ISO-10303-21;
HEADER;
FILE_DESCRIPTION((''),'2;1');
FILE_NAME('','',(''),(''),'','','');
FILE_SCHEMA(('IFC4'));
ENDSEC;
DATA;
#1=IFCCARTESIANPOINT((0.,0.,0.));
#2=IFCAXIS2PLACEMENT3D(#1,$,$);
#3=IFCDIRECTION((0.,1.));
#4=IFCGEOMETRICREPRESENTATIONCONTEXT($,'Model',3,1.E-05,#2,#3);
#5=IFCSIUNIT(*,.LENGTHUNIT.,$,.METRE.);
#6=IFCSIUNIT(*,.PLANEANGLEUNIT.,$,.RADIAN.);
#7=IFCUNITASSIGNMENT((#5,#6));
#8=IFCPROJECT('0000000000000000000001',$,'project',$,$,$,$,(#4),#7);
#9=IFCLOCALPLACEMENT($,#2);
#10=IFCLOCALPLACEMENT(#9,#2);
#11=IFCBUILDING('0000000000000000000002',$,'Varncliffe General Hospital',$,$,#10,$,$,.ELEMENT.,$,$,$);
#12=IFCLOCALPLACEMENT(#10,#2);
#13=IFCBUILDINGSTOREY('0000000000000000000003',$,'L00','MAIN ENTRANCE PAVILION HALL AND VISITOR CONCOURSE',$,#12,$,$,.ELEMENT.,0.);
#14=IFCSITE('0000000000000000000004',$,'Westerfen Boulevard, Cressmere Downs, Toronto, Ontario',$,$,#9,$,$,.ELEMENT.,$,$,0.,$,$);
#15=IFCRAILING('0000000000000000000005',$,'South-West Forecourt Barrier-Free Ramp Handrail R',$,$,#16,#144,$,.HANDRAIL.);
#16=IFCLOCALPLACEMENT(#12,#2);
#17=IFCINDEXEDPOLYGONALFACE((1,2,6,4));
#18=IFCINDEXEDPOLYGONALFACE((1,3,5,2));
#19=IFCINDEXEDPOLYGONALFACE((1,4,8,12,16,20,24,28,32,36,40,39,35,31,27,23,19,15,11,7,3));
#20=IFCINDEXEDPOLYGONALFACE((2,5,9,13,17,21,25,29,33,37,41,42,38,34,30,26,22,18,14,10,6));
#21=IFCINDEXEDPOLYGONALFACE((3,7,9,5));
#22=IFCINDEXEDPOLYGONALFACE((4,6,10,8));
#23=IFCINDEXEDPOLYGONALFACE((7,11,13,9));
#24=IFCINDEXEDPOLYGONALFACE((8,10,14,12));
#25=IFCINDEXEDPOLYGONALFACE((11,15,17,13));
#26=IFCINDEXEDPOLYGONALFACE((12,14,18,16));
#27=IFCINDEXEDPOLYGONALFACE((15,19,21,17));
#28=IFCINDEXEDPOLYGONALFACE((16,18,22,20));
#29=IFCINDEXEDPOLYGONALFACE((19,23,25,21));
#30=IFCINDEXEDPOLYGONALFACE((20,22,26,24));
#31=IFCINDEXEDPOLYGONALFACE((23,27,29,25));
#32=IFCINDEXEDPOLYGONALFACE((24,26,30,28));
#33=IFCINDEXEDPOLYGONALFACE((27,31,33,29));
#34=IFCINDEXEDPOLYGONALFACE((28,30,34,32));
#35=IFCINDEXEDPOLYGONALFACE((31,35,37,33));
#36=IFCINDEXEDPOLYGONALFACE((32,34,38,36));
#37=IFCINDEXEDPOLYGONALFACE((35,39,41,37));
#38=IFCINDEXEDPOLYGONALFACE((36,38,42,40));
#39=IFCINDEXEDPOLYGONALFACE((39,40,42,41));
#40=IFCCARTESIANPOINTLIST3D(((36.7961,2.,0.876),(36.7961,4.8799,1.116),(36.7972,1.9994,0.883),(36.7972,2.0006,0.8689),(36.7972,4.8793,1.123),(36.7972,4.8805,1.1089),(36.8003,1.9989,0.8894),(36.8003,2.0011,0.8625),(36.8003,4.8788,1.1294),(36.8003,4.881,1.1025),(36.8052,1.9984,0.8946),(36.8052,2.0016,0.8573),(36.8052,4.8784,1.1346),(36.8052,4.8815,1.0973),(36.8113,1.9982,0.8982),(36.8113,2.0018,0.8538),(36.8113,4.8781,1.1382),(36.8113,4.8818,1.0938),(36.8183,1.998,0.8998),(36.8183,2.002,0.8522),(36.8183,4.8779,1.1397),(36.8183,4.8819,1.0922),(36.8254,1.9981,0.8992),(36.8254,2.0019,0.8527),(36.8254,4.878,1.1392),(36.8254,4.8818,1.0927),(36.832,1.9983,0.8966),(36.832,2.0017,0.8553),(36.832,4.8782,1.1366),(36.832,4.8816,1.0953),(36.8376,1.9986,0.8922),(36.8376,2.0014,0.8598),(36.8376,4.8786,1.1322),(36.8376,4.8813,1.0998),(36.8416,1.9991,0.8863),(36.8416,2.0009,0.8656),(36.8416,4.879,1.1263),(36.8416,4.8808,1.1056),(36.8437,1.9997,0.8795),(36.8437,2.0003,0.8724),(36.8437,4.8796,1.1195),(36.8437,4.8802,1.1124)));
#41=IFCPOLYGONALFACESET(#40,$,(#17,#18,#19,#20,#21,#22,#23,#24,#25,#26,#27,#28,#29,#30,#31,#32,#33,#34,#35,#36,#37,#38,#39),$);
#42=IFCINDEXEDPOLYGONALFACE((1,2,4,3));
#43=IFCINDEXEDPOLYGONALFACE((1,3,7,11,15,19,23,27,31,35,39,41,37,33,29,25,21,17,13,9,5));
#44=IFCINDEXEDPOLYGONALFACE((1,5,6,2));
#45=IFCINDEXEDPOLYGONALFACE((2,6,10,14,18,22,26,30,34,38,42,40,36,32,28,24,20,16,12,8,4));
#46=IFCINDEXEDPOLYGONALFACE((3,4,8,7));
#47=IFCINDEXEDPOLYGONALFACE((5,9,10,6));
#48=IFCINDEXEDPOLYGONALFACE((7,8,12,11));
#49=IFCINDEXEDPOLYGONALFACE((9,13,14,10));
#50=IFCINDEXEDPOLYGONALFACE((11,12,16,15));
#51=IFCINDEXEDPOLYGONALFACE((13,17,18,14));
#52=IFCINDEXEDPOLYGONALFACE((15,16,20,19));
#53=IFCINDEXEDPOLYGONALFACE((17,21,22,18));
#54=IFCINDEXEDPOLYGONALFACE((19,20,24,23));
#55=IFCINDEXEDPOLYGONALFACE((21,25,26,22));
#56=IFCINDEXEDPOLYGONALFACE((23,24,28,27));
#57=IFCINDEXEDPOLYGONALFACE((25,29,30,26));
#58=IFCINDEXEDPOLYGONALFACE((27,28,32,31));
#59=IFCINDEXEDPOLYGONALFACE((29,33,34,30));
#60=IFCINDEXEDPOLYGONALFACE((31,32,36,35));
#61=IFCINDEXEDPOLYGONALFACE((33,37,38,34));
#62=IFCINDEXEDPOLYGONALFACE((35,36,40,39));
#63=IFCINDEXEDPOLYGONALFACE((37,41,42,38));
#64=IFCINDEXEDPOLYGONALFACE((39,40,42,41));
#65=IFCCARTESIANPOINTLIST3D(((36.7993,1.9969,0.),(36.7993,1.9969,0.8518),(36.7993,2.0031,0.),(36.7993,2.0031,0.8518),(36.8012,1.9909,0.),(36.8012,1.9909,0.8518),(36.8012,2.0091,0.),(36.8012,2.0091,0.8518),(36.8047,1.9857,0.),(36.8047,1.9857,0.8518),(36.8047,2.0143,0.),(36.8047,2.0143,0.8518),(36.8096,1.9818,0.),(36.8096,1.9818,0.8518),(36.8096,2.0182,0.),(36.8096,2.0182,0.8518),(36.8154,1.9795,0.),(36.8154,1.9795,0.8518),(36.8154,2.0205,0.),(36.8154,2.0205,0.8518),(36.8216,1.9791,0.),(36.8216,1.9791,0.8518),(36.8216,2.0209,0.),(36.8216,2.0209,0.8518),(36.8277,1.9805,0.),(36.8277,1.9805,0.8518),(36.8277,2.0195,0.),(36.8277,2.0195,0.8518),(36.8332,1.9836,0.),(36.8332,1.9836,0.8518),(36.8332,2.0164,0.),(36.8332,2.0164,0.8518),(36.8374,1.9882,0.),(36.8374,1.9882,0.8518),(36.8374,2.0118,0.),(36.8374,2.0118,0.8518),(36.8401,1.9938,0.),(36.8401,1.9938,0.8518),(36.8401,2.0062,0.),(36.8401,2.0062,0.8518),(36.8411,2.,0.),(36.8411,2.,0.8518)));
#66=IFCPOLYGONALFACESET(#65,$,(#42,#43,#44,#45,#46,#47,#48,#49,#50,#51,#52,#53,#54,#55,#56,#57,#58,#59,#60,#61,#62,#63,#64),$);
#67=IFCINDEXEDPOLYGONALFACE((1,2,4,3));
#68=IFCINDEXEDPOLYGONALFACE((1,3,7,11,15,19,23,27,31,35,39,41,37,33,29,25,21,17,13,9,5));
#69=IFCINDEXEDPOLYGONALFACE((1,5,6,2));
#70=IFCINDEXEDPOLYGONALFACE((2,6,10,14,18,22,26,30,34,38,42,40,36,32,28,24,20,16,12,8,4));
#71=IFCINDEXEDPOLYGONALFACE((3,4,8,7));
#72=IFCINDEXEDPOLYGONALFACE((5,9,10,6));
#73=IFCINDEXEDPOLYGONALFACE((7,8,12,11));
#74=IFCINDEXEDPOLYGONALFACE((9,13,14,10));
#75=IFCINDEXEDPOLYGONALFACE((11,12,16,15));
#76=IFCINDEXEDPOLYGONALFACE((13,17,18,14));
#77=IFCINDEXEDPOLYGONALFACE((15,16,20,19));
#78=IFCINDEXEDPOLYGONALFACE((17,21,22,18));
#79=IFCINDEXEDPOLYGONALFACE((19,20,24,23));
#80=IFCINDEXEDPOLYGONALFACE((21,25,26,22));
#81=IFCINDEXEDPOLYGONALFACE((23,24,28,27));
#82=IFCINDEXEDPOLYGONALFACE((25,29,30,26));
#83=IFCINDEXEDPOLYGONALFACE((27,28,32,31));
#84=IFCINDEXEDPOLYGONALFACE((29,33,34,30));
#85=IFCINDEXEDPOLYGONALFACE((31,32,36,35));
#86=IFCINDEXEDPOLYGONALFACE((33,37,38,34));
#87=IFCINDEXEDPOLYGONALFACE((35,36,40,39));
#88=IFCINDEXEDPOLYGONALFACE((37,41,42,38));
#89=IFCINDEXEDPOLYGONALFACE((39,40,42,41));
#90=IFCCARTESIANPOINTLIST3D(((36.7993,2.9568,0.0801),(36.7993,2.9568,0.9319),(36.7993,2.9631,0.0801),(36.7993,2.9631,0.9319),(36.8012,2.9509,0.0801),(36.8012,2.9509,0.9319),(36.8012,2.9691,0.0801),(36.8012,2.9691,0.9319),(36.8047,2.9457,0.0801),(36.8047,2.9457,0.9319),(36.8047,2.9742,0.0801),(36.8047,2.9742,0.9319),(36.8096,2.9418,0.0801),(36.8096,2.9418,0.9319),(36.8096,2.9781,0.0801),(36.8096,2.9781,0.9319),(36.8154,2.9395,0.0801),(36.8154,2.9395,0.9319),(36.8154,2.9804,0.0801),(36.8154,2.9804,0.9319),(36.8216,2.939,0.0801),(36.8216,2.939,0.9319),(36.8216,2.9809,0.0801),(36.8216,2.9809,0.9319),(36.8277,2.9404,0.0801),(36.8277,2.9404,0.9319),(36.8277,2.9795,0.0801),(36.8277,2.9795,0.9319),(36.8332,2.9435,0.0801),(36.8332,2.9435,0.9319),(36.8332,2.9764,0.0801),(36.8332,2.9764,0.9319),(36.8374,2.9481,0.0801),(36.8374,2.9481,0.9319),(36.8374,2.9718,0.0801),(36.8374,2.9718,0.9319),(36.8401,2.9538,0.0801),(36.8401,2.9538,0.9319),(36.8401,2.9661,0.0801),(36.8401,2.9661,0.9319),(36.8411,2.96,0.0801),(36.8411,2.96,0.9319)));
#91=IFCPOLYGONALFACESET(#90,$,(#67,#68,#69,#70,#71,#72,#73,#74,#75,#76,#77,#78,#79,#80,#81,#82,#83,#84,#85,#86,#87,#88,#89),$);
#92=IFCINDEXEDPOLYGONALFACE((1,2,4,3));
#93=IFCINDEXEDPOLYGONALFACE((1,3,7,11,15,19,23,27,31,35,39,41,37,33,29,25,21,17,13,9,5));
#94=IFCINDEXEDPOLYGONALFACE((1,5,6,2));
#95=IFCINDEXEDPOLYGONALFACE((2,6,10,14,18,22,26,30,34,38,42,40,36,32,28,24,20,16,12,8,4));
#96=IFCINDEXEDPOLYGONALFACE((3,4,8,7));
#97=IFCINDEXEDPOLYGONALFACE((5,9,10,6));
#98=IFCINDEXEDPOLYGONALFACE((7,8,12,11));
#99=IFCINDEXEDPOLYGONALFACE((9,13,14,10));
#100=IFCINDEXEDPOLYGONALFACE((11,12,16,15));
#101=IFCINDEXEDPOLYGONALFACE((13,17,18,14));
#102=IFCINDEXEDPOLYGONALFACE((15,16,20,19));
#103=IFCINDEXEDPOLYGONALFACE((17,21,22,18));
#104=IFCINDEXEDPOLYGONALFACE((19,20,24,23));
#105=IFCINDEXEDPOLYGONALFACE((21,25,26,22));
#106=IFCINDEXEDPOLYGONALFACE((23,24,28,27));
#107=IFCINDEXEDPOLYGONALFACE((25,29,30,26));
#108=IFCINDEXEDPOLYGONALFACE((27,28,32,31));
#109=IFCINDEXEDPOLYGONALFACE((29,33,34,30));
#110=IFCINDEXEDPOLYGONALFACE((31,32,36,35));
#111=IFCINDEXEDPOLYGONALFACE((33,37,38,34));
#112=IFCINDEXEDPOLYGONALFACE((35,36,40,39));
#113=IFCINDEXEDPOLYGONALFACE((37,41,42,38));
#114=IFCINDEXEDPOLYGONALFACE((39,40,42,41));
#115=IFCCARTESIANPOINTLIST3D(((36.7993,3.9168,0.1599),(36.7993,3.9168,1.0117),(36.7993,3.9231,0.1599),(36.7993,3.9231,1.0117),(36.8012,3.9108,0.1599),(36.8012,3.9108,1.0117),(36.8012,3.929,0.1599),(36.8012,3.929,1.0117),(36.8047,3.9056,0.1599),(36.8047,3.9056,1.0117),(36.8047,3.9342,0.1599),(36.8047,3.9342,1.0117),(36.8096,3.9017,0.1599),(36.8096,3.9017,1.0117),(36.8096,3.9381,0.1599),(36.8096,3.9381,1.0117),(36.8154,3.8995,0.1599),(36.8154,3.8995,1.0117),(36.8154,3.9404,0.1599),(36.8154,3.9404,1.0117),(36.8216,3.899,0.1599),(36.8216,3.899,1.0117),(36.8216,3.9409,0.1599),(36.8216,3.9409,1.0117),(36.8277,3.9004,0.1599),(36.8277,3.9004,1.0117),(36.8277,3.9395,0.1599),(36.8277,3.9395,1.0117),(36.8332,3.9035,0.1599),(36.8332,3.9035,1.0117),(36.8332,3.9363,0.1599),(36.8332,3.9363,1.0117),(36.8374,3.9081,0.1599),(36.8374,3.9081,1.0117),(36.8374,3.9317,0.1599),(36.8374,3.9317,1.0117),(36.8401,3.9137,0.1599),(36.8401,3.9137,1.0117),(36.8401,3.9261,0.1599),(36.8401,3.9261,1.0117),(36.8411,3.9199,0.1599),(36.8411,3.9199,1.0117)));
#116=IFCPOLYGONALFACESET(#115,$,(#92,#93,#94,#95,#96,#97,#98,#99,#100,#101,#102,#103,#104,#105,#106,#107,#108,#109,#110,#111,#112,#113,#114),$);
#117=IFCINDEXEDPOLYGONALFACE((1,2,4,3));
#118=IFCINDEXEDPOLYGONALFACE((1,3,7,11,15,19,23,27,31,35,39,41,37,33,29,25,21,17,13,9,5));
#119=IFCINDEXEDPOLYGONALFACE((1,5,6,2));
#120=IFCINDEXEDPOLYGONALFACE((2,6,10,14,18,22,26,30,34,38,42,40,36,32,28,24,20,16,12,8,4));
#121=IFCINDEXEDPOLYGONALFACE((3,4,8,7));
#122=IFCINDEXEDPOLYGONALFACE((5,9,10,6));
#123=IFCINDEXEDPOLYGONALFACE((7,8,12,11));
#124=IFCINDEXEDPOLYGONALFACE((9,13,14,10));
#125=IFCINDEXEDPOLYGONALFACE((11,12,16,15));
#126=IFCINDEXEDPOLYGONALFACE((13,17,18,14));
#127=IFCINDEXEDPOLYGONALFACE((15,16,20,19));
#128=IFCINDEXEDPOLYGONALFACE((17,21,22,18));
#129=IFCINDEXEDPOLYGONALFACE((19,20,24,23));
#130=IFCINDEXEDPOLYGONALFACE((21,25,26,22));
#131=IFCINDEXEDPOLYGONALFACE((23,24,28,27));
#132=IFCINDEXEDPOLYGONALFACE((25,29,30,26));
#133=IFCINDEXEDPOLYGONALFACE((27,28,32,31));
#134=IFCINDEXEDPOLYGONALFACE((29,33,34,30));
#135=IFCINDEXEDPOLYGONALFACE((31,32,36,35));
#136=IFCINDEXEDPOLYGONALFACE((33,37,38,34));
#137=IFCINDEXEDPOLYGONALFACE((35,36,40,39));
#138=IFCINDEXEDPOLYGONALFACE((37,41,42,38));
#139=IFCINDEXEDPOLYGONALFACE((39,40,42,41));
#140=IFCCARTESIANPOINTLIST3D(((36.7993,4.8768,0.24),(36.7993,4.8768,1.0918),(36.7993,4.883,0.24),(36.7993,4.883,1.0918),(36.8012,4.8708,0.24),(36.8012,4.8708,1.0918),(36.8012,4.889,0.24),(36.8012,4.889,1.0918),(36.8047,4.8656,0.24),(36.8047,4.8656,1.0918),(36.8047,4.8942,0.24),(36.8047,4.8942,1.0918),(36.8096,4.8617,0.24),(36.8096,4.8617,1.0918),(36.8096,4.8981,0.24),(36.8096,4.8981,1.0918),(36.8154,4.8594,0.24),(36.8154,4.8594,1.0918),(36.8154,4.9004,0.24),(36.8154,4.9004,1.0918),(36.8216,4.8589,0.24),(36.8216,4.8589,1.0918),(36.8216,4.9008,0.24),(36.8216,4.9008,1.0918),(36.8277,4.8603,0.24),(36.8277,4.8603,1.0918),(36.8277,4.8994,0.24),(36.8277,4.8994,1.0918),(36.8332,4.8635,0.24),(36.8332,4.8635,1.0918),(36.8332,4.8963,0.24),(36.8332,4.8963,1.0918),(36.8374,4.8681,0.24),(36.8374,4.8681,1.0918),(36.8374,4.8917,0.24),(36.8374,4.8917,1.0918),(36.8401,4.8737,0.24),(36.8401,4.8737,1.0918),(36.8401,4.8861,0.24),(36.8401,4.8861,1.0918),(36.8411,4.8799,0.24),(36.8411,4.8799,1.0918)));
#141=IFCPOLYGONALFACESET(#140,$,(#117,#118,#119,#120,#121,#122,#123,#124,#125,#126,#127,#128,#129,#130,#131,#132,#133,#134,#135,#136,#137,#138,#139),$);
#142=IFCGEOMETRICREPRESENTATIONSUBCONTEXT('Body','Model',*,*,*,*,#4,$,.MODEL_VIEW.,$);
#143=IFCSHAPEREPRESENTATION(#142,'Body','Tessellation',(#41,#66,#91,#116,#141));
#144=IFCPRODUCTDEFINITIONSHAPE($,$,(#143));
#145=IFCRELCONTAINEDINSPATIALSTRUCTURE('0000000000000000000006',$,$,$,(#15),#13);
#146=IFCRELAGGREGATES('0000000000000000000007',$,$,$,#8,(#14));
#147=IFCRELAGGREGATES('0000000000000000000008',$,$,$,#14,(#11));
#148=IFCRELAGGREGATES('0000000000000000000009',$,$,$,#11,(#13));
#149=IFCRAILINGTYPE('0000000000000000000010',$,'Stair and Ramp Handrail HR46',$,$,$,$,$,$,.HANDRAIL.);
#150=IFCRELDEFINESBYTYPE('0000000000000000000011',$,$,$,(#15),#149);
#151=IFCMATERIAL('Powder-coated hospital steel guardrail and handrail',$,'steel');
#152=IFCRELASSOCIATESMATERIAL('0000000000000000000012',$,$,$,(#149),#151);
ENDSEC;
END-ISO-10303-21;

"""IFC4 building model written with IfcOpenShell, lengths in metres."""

from ifc_helpers import new_model, si_unit, direction, frame, origin, origin_2d, place, context, subcontext, project, spatial, circle, extrude, material, type_object, element, save


model = new_model("IFC4")

# Units and contexts
model_context = context("Model", 3, precision=1e-05, world=origin(), true_north=direction((0.0, 1.0)))
body_context = subcontext(model_context, "Body", "Model", "MODEL_VIEW")
ifc_project = project(units=[si_unit("LENGTHUNIT", "METRE"), si_unit("PLANEANGLEUNIT", "RADIAN")], contexts=[model_context])

# Site, building, storey
site_placement = place(None, origin())
site = spatial("IfcSite", under=ifc_project, at=site_placement, Name="Westerfen Boulevard, Cressmere Downs, Toronto, Ontario", CompositionType="ELEMENT", RefElevation=0.0)
building_placement = place(site_placement, origin())
building = spatial("IfcBuilding", under=site, at=building_placement, Name="Varncliffe General Hospital", CompositionType="ELEMENT")
storey_placement = place(building_placement, origin())
storey = spatial("IfcBuildingStorey", under=building, at=storey_placement, Name="L00", Description="MAIN ENTRANCE PAVILION HALL AND VISITOR CONCOURSE", CompositionType="ELEMENT", Elevation=0.0)

# Railing
ifc_material_1 = material(Name="Powder-coated hospital steel guardrail and handrail", Category="steel")
railing_type = type_object("IfcRailingType", Name="Stair and Ramp Handrail HR46", PredefinedType="HANDRAIL", material=ifc_material_1)
for number, where, name in (
    (1, (36.8201, 2.0, 0.0), "South-West Forecourt Barrier-Free Ramp Handrail R"),
):
    element("IfcRailing", number, at=place(storey_placement, frame(where)), inside=storey, type_object=railing_type, Name=name, PredefinedType="HANDRAIL", context=body_context, shape_type="SweptSolid", body=[
        extrude(circle(Radius=0.0239, at=origin_2d()), frame((0.0, 0.0, 0.876), z_axis=(0.0, 0.996546, 0.083045), x_axis=(-1.0, 0.0, 0.0)), (0.0, 0.0, 1.0), 2.8899),
        extrude(circle(Radius=0.021, at=origin_2d()), origin(), (0.0, 0.0, 1.0), 0.8518),
        extrude(circle(Radius=0.021, at=origin_2d()), frame((0.0, 0.96, 0.0801)), (0.0, 0.0, 1.0), 0.8518),
        extrude(circle(Radius=0.021, at=origin_2d()), frame((0.0, 1.9199, 0.1599)), (0.0, 0.0, 1.0), 0.8518),
        extrude(circle(Radius=0.021, at=origin_2d()), frame((0.0, 2.8799, 0.24)), (0.0, 0.0, 1.0), 0.8518),
    ])

save(model, "model.ifc")
